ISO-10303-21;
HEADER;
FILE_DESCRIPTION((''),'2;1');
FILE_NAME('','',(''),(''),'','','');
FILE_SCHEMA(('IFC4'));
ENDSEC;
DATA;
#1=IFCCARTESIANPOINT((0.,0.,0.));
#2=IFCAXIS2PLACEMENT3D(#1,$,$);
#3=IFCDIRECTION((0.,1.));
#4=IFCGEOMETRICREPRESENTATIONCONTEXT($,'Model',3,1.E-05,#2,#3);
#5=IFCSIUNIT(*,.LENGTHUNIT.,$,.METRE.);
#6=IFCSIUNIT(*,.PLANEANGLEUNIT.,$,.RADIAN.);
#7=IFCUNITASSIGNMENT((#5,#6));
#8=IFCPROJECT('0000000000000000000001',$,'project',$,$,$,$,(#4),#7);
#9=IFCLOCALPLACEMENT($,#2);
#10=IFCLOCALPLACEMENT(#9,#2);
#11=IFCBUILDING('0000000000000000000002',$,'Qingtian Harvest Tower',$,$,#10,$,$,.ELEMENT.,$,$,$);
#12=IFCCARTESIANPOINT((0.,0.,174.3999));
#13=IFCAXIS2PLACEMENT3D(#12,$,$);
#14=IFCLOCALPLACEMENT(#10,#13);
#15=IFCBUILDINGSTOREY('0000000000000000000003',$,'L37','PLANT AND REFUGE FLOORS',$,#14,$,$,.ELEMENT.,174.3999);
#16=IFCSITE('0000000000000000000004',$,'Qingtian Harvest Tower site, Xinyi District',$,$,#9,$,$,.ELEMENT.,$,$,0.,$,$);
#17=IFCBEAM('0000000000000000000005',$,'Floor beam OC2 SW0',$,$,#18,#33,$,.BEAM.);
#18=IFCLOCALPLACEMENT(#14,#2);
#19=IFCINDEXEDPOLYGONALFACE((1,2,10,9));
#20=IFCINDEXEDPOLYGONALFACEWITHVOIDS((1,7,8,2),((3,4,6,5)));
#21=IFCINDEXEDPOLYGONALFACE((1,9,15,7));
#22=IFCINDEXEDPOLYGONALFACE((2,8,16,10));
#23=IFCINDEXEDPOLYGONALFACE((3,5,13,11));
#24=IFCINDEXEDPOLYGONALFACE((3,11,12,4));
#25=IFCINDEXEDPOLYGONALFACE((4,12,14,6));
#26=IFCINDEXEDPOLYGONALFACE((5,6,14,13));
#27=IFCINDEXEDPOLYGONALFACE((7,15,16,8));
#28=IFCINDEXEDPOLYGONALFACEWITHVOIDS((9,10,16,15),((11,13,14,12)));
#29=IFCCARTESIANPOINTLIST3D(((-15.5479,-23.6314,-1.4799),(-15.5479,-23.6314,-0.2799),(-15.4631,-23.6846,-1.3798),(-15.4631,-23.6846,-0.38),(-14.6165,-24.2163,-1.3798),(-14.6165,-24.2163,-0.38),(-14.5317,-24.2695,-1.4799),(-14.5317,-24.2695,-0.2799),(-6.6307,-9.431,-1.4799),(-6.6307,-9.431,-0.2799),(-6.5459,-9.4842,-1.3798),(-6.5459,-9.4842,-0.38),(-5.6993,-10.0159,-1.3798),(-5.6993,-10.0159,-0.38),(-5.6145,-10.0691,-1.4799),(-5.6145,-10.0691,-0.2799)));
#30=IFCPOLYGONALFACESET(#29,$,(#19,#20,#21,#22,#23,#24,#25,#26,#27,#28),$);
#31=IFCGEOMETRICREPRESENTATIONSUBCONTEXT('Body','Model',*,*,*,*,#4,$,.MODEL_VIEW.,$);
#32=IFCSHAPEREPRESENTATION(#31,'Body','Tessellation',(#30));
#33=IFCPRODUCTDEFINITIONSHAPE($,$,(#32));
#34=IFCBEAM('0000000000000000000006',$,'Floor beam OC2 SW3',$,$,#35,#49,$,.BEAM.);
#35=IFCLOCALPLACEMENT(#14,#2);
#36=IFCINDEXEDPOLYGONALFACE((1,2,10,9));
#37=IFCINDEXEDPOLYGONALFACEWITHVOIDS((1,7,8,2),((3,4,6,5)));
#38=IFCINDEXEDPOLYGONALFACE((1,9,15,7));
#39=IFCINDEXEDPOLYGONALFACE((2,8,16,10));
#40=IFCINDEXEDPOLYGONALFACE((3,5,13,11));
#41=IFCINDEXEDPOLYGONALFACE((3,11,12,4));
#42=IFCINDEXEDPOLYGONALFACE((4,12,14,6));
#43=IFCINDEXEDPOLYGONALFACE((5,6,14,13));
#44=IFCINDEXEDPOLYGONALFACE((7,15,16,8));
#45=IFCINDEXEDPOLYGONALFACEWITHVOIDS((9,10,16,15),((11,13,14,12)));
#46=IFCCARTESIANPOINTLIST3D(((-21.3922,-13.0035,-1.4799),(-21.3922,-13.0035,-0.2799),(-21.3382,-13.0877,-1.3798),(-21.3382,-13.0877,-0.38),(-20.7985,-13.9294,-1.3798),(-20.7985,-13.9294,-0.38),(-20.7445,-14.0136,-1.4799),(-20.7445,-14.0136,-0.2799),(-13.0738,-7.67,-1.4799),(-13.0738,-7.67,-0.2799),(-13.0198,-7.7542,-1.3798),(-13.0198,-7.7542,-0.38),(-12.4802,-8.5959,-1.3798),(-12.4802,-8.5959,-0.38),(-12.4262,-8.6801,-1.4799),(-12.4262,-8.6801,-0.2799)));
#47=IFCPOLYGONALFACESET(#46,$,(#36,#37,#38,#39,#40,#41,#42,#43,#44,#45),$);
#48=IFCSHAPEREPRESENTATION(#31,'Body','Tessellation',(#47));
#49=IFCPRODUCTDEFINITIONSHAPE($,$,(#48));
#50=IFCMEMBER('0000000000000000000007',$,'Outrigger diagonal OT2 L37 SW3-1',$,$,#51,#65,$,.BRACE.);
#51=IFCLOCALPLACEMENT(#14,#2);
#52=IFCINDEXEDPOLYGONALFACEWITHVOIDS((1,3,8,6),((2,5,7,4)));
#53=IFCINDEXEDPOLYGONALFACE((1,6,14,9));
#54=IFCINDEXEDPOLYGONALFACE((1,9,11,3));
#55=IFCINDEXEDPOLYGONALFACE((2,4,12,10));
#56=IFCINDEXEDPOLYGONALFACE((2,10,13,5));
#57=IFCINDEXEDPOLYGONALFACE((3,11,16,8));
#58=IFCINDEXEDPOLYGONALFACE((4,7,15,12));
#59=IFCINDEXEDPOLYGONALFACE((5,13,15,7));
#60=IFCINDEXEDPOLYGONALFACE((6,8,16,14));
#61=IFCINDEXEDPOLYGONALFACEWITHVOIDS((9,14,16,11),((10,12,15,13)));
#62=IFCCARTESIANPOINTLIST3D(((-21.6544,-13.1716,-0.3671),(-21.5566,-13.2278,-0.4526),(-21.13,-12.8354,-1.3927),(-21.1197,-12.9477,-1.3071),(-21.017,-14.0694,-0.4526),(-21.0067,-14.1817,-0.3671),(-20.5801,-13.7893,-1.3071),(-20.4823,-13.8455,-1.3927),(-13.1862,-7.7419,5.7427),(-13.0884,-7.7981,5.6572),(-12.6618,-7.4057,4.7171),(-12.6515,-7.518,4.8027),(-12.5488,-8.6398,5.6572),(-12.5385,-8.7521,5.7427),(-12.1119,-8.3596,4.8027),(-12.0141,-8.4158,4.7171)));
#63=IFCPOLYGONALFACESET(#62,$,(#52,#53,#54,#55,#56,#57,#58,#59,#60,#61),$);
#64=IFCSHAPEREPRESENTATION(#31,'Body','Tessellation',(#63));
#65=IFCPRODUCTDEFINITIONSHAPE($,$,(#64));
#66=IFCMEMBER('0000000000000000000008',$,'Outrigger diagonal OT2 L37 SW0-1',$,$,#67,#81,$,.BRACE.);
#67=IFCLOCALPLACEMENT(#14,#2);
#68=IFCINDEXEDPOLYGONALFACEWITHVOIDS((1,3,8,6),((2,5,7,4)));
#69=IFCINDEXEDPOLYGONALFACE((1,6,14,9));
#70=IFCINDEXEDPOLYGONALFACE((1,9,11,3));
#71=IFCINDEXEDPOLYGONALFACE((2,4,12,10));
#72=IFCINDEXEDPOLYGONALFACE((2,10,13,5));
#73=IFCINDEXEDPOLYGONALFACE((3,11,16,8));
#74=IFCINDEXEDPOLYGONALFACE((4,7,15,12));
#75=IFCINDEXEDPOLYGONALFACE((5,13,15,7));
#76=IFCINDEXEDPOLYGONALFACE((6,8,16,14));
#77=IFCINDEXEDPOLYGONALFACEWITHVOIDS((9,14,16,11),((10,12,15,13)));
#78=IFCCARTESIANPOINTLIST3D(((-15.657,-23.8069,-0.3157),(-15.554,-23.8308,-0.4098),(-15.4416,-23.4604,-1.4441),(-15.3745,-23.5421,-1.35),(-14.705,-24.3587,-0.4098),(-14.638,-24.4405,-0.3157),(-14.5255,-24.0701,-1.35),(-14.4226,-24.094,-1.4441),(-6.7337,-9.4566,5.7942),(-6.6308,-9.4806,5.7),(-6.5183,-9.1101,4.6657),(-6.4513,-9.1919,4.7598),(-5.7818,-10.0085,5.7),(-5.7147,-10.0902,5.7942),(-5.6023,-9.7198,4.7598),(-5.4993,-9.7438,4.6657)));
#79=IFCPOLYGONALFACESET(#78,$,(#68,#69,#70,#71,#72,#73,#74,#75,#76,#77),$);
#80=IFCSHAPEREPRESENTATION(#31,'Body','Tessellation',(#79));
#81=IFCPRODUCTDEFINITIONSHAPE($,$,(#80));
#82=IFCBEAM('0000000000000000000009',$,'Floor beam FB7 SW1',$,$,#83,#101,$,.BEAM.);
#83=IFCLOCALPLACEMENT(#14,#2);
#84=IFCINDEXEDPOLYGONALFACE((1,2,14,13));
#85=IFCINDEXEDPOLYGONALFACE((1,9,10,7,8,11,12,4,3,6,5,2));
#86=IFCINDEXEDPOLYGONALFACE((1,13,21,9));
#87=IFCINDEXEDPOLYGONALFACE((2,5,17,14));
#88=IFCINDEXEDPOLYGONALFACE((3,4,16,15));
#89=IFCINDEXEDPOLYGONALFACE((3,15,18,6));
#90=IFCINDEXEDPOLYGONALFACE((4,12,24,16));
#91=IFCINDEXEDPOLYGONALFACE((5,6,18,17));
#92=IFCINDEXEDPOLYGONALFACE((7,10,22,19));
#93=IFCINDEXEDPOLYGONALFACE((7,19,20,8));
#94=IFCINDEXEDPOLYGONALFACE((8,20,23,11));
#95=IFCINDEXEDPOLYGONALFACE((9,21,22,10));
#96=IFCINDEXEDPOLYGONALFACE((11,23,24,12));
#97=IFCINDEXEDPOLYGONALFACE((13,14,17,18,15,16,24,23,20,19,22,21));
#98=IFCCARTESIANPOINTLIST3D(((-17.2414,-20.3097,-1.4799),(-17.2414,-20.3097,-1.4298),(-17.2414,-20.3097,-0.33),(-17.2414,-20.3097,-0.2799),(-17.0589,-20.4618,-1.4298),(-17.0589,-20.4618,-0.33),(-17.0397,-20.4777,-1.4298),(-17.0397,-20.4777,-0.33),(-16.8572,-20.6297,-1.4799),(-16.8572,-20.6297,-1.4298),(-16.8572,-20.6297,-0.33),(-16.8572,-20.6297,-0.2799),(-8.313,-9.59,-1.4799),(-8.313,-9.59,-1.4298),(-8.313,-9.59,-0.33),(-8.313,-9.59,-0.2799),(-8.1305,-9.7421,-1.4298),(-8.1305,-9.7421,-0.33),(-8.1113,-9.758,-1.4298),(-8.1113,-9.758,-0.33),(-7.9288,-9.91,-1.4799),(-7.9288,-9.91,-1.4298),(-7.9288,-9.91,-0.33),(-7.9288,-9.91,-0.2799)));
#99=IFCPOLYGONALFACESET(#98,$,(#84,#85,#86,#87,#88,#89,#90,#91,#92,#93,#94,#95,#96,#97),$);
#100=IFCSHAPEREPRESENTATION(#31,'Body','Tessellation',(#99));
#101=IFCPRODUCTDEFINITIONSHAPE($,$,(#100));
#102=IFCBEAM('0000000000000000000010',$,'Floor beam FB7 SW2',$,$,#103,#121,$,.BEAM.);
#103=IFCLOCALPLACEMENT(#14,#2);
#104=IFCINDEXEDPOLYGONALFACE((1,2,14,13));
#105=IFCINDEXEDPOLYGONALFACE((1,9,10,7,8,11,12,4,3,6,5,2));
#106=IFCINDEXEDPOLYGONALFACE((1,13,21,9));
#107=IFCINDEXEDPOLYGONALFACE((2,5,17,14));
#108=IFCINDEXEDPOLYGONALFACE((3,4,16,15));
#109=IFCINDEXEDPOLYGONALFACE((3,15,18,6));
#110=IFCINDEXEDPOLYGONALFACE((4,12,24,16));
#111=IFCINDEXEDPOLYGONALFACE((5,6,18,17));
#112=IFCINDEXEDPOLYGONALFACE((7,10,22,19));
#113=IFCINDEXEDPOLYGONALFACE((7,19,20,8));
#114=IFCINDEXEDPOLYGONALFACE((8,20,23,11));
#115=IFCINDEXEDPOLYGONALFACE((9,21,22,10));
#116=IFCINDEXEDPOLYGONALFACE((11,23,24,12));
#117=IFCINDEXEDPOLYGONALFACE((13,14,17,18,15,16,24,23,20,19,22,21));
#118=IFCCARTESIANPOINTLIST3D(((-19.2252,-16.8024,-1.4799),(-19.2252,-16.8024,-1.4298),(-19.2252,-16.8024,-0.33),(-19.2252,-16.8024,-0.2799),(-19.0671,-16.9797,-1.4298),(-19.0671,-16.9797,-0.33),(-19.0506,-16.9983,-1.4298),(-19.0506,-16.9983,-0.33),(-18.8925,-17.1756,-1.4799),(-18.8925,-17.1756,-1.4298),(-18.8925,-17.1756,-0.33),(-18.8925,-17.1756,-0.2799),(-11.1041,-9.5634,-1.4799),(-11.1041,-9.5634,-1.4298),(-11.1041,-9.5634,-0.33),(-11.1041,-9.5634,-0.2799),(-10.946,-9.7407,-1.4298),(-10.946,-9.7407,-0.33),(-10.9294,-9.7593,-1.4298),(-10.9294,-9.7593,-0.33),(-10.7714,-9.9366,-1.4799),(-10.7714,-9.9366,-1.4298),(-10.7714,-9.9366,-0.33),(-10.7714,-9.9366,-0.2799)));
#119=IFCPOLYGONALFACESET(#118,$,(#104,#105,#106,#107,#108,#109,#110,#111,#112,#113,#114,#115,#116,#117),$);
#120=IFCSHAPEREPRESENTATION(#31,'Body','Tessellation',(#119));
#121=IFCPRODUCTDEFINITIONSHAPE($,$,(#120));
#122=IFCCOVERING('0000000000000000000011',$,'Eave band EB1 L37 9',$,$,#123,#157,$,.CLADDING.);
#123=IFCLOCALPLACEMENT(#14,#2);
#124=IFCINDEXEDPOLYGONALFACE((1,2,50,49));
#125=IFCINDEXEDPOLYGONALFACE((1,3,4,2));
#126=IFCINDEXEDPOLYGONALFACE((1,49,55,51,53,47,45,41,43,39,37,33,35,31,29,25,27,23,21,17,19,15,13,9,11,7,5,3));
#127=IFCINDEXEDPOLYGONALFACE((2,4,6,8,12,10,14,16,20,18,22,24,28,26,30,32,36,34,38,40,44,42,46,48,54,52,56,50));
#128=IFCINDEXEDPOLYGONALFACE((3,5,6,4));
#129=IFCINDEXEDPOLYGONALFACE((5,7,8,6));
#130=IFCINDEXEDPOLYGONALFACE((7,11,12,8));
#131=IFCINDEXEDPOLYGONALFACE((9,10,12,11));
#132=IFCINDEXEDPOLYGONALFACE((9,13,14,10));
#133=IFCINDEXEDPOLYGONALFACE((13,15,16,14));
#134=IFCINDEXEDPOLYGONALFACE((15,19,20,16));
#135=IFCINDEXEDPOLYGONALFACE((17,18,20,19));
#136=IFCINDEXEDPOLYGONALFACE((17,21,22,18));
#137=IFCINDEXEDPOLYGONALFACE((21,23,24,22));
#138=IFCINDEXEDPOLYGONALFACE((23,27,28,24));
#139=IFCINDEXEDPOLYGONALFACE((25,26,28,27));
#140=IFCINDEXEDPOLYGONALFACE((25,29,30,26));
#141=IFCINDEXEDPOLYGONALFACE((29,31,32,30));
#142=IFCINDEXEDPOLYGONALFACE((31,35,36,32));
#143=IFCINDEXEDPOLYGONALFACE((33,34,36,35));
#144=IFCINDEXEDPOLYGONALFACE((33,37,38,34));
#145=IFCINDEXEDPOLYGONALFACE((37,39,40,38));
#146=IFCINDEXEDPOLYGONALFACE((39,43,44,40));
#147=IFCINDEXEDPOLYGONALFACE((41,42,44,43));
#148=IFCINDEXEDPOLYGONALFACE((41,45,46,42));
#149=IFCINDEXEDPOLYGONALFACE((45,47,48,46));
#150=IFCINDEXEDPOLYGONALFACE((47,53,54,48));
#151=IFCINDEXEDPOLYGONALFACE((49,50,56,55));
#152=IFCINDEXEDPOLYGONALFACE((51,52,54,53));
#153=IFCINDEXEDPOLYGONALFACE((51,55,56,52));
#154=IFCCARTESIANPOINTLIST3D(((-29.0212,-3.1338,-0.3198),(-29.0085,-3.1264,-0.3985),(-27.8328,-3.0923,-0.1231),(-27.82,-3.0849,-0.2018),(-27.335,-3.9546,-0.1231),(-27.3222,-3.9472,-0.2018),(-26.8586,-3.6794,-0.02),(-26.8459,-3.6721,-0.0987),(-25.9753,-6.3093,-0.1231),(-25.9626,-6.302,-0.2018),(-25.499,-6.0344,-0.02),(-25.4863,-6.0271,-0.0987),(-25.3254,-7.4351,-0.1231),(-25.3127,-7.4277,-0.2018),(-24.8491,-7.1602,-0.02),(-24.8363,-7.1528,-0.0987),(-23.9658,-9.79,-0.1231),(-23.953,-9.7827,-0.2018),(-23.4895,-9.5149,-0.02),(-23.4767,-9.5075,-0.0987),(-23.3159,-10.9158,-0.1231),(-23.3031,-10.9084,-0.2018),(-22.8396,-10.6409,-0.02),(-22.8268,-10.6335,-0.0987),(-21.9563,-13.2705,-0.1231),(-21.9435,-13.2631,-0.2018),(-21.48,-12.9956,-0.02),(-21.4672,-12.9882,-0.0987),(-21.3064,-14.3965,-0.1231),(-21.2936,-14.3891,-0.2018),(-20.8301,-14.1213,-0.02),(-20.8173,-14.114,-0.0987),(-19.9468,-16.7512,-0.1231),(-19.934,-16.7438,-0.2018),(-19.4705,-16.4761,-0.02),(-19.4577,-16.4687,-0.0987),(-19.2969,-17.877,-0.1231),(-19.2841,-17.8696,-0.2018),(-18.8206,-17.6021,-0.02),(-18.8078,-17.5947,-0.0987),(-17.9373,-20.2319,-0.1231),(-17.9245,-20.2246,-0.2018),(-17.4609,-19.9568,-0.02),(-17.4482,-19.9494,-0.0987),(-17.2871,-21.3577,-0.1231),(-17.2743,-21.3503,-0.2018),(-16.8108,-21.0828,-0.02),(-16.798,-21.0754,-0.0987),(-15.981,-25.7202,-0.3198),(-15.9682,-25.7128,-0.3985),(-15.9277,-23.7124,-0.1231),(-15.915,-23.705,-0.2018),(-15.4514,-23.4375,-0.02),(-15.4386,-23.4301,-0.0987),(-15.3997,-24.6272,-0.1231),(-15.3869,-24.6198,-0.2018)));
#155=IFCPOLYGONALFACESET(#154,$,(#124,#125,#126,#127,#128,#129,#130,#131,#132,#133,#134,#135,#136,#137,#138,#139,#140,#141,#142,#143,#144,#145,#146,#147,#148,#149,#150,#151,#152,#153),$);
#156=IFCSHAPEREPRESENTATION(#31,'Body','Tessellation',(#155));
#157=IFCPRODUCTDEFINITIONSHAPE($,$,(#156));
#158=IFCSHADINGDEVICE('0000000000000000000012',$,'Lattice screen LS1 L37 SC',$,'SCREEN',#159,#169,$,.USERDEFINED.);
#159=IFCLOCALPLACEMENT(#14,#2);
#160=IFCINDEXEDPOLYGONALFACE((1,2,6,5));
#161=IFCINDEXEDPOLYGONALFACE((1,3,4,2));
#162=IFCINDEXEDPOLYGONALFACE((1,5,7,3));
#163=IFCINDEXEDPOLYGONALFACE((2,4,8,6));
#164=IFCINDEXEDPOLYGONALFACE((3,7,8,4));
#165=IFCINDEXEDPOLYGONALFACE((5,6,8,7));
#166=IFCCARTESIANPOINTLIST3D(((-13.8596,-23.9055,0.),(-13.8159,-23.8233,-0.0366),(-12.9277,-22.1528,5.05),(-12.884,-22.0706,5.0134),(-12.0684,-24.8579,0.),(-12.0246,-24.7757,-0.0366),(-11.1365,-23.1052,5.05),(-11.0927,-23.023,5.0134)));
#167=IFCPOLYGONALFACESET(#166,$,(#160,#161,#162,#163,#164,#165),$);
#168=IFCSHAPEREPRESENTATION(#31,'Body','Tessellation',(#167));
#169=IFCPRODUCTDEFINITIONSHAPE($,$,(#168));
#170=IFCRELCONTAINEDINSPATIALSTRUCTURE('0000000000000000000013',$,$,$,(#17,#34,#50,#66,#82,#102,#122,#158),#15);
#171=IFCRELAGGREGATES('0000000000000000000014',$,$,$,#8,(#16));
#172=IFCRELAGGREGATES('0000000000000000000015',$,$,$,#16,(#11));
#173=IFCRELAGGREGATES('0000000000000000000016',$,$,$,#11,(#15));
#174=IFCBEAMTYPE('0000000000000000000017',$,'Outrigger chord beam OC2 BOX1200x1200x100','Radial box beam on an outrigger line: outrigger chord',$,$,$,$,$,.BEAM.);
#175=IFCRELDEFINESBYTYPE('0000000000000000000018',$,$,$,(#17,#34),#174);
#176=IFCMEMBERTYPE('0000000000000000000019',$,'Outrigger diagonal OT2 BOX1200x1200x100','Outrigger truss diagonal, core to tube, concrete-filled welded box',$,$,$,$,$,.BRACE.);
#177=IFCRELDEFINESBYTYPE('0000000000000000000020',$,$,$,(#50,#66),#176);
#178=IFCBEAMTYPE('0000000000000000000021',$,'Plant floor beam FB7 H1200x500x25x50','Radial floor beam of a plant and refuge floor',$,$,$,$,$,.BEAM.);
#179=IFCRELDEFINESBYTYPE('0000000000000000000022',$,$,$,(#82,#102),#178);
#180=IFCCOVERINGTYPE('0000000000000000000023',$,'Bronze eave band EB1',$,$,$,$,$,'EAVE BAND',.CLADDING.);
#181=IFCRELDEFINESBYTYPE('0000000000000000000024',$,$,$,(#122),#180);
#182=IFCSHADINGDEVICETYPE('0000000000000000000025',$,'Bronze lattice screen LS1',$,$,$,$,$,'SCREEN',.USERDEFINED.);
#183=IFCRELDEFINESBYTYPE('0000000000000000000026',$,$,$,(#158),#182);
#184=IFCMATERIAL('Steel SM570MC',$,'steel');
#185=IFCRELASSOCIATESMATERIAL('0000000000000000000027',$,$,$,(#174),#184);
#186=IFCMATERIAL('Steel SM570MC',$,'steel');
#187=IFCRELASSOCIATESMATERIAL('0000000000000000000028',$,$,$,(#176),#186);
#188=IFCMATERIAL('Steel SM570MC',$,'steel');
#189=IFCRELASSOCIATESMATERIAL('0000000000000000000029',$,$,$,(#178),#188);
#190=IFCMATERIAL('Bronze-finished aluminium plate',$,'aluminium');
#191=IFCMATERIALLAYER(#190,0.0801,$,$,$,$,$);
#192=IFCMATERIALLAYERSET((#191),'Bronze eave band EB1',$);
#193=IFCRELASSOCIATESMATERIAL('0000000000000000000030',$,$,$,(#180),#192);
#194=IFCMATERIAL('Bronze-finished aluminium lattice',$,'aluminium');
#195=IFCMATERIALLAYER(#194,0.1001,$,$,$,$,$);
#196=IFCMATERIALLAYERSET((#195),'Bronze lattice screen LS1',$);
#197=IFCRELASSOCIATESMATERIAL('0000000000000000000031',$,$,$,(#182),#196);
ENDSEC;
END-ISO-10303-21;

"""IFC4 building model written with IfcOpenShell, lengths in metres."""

from ifc_helpers import new_model, si_unit, direction, frame, origin, origin_2d, place, context, subcontext, project, spatial, polyline, hollow_rectangle, i_section, outline, extrude, material, layer, layer_set, material_profile, profile_set, type_object, element, save


model = new_model("IFC4")

# Units and contexts
model_context = context("Model", 3, precision=1e-05, world=origin(), true_north=direction((0.0, 1.0)))
body_context = subcontext(model_context, "Body", "Model", "MODEL_VIEW")
ifc_project = project(units=[si_unit("LENGTHUNIT", "METRE"), si_unit("PLANEANGLEUNIT", "RADIAN")], contexts=[model_context])

# Site, building, storey
site_placement = place(None, origin())
site = spatial("IfcSite", under=ifc_project, at=site_placement, Name="Qingtian Harvest Tower site, Xinyi District", CompositionType="ELEMENT", RefElevation=0.0)
building_placement = place(site_placement, origin())
building = spatial("IfcBuilding", under=site, at=building_placement, Name="Qingtian Harvest Tower", CompositionType="ELEMENT")
storey_placement = place(building_placement, frame((0.0, 0.0, 174.3999)))
storey = spatial("IfcBuildingStorey", under=building, at=storey_placement, Name="L37", Description="PLANT AND REFUGE FLOORS", CompositionType="ELEMENT", Elevation=174.3999)

# Beams
ifc_material_1 = material(Name="Steel SM570MC", Category="steel")
ifc_material_profile_1 = material_profile(ifc_material_1, hollow_rectangle(XDim=1.2, YDim=1.2, WallThickness=0.1001, at=origin_2d()), Name="BOX1200x1200x100")
ifc_profile_set_1 = profile_set([ifc_material_profile_1], Name="Steel SM570MC")
beam_type_1 = type_object("IfcBeamType", Name="Outrigger chord beam OC2 BOX1200x1200x100", Description="Radial box beam on an outrigger line: outrigger chord", PredefinedType="BEAM", material=ifc_profile_set_1)
beam_1_placement = place(storey_placement, frame((-15.0398, -23.9504, -0.8799), z_axis=(0.531797, 0.846872, 0.0), x_axis=(-0.846872, 0.531797, 0.0)))
element("IfcBeam", 1, at=beam_1_placement, inside=storey, type_object=beam_type_1, Name="Floor beam OC2 SW0", PredefinedType="BEAM", context=body_context, shape_type="SweptSolid", body=[
    extrude(hollow_rectangle(XDim=1.2, YDim=1.2, WallThickness=0.1001, at=origin_2d()), origin(), (0.0, 0.0, 1.0), 16.7681),
])
beam_2_placement = place(storey_placement, frame((-21.0684, -13.5085, -0.8799), z_axis=(0.841823, 0.539753, 0.0), x_axis=(-0.539753, 0.841823, 0.0)))
element("IfcBeam", 2, at=beam_2_placement, inside=storey, type_object=beam_type_1, Name="Floor beam OC2 SW3", PredefinedType="BEAM", context=body_context, shape_type="SweptSolid", body=[
    extrude(hollow_rectangle(XDim=1.2, YDim=1.2, WallThickness=0.1001, at=origin_2d()), origin(), (0.0, 0.0, 1.0), 9.8813),
])

# Members
ifc_material_2 = material(Name="Steel SM570MC", Category="steel")
ifc_material_profile_2 = material_profile(ifc_material_2, hollow_rectangle(XDim=1.2, YDim=1.2, WallThickness=0.1001, at=origin_2d()), Name="BOX1200x1200x100")
ifc_profile_set_2 = profile_set([ifc_material_profile_2], Name="Steel SM570MC")
member_type_1 = type_object("IfcMemberType", Name="Outrigger diagonal OT2 BOX1200x1200x100", Description="Outrigger truss diagonal, core to tube, concrete-filled welded box", PredefinedType="BRACE", material=ifc_profile_set_2)
member_1_placement = place(storey_placement, frame((-21.0684, -13.5085, -0.8799), z_axis=(0.719503, 0.461332, 0.519123), x_axis=(-0.539759, 0.84182, 0.0)))
element("IfcMember", 3, at=member_1_placement, inside=storey, type_object=member_type_1, Name="Outrigger diagonal OT2 L37 SW3-1", PredefinedType="BRACE", context=body_context, shape_type="SweptSolid", body=[
    extrude(hollow_rectangle(XDim=1.2, YDim=1.2, WallThickness=0.1001, at=origin_2d()), origin(), (0.0, 0.0, 1.0), 11.7695),
])
member_2_placement = place(storey_placement, frame((-15.0398, -23.9504, -0.8799), z_axis=(0.496593, 0.798612, 0.34002), x_axis=(-0.84921, 0.528056, 0.0)))
element("IfcMember", 4, at=member_2_placement, inside=storey, type_object=member_type_1, Name="Outrigger diagonal OT2 L37 SW0-1", PredefinedType="BRACE", context=body_context, shape_type="SweptSolid", body=[
    extrude(hollow_rectangle(XDim=1.2, YDim=1.2, WallThickness=0.1001, at=origin_2d()), origin(), (0.0, 0.0, 1.0), 17.969),
])

# Beams
ifc_material_3 = material(Name="Steel SM570MC", Category="steel")
ifc_material_profile_3 = material_profile(ifc_material_3, i_section(OverallWidth=0.5, OverallDepth=1.2, WebThickness=0.0249, FlangeThickness=0.05, at=origin_2d()), Name="H1200x500x25x50")
ifc_profile_set_3 = profile_set([ifc_material_profile_3], Name="Steel SM570MC")
beam_type_2 = type_object("IfcBeamType", Name="Plant floor beam FB7 H1200x500x25x50", Description="Radial floor beam of a plant and refuge floor", PredefinedType="BEAM", material=ifc_profile_set_3)
beam_3_placement = place(storey_placement, frame((-17.0493, -20.4697, -0.8799), z_axis=(0.639988, 0.768385, 0.0), x_axis=(-0.768385, 0.639988, 0.0)))
element("IfcBeam", 5, at=beam_3_placement, inside=storey, type_object=beam_type_2, Name="Floor beam FB7 SW1", PredefinedType="BEAM", context=body_context, shape_type="SweptSolid", body=[
    extrude(i_section(OverallWidth=0.5, OverallDepth=1.2, WebThickness=0.0249, FlangeThickness=0.05, at=origin_2d()), origin(), (0.0, 0.0, 1.0), 13.9509),
])
beam_4_placement = place(storey_placement, frame((-19.0588, -16.989, -0.8799), z_axis=(0.746484, 0.665404, 0.0), x_axis=(-0.665404, 0.746484, 0.0)))
element("IfcBeam", 6, at=beam_4_placement, inside=storey, type_object=beam_type_2, Name="Floor beam FB7 SW2", PredefinedType="BEAM", context=body_context, shape_type="SweptSolid", body=[
    extrude(i_section(OverallWidth=0.5, OverallDepth=1.2, WebThickness=0.0249, FlangeThickness=0.05, at=origin_2d()), origin(), (0.0, 0.0, 1.0), 10.8792),
])

# Covering
ifc_material_4 = material(Name="Bronze-finished aluminium plate", Category="aluminium")
ifc_layer_1 = layer(ifc_material_4, 0.0801)
ifc_layer_set_1 = layer_set([ifc_layer_1], Name="Bronze eave band EB1")
covering_type = type_object("IfcCoveringType", Name="Bronze eave band EB1", ElementType="EAVE BAND", PredefinedType="CLADDING", material=ifc_layer_set_1)
covering_1_placement = place(storey_placement, frame((-15.4514, -23.4375, -0.02), z_axis=(-0.159505, -0.09209, 0.982892), x_axis=(-0.851287, -0.491312, -0.18418)))
element("IfcCovering", 7, at=covering_1_placement, inside=storey, type_object=covering_type, Name="Eave band EB1 L37 9", PredefinedType="CLADDING", context=body_context, shape_type="SweptSolid", body=[
    extrude(outline(polyline([(0.0, 0.0), (0.5595, 0.0), (0.5594, 1.0563), (1.6275, 1.7124), (1.6316, -24.3682), (0.5632, -23.8101), (0.5631, -22.8144), (0.0035, -22.8146), (0.0031, -20.0953), (0.5626, -20.0953), (0.5624, -18.7954), (0.0029, -18.7954), (0.0024, -16.0764), (0.562, -16.0762), (0.5619, -14.7763), (0.0023, -14.7763), (0.0018, -12.0572), (0.5613, -12.0572), (0.5613, -10.7572), (0.0016, -10.7574), (0.0011, -8.0383), (0.5608, -8.0381), (0.5606, -6.7382), (0.0011, -6.7382), (0.0006, -4.0191), (0.5602, -4.0189), (0.5598, -2.7189), (0.0003, -2.7189), (0.0, 0.0)])), origin(), (0.0, 0.0, -1.0), 0.0801),
])

# Shading device
ifc_material_5 = material(Name="Bronze-finished aluminium lattice", Category="aluminium")
ifc_layer_2 = layer(ifc_material_5, 0.1001)
ifc_layer_set_2 = layer_set([ifc_layer_2], Name="Bronze lattice screen LS1")
shading_device_type = type_object("IfcShadingDeviceType", Name="Bronze lattice screen LS1", ElementType="SCREEN", PredefinedType="USERDEFINED", material=ifc_layer_set_2)
shading_device_1_placement = place(storey_placement, frame((-12.0684, -24.8579, 0.0), z_axis=(-0.436916, -0.821752, 0.365824), x_axis=(-0.882955, 0.469457, 0.0)))
element("IfcShadingDevice", 8, at=shading_device_1_placement, inside=storey, type_object=shading_device_type, Name="Lattice screen LS1 L37 SC", ObjectType="SCREEN", PredefinedType="USERDEFINED", context=body_context, shape_type="SweptSolid", body=[
    extrude(outline(polyline([(0.0, 0.0), (2.0287, 0.0), (2.0287, -5.4262), (0.0, -5.4262), (0.0, 0.0)])), origin(), (0.0, 0.0, -1.0), 0.1001),
])

save(model, "model.ifc")
